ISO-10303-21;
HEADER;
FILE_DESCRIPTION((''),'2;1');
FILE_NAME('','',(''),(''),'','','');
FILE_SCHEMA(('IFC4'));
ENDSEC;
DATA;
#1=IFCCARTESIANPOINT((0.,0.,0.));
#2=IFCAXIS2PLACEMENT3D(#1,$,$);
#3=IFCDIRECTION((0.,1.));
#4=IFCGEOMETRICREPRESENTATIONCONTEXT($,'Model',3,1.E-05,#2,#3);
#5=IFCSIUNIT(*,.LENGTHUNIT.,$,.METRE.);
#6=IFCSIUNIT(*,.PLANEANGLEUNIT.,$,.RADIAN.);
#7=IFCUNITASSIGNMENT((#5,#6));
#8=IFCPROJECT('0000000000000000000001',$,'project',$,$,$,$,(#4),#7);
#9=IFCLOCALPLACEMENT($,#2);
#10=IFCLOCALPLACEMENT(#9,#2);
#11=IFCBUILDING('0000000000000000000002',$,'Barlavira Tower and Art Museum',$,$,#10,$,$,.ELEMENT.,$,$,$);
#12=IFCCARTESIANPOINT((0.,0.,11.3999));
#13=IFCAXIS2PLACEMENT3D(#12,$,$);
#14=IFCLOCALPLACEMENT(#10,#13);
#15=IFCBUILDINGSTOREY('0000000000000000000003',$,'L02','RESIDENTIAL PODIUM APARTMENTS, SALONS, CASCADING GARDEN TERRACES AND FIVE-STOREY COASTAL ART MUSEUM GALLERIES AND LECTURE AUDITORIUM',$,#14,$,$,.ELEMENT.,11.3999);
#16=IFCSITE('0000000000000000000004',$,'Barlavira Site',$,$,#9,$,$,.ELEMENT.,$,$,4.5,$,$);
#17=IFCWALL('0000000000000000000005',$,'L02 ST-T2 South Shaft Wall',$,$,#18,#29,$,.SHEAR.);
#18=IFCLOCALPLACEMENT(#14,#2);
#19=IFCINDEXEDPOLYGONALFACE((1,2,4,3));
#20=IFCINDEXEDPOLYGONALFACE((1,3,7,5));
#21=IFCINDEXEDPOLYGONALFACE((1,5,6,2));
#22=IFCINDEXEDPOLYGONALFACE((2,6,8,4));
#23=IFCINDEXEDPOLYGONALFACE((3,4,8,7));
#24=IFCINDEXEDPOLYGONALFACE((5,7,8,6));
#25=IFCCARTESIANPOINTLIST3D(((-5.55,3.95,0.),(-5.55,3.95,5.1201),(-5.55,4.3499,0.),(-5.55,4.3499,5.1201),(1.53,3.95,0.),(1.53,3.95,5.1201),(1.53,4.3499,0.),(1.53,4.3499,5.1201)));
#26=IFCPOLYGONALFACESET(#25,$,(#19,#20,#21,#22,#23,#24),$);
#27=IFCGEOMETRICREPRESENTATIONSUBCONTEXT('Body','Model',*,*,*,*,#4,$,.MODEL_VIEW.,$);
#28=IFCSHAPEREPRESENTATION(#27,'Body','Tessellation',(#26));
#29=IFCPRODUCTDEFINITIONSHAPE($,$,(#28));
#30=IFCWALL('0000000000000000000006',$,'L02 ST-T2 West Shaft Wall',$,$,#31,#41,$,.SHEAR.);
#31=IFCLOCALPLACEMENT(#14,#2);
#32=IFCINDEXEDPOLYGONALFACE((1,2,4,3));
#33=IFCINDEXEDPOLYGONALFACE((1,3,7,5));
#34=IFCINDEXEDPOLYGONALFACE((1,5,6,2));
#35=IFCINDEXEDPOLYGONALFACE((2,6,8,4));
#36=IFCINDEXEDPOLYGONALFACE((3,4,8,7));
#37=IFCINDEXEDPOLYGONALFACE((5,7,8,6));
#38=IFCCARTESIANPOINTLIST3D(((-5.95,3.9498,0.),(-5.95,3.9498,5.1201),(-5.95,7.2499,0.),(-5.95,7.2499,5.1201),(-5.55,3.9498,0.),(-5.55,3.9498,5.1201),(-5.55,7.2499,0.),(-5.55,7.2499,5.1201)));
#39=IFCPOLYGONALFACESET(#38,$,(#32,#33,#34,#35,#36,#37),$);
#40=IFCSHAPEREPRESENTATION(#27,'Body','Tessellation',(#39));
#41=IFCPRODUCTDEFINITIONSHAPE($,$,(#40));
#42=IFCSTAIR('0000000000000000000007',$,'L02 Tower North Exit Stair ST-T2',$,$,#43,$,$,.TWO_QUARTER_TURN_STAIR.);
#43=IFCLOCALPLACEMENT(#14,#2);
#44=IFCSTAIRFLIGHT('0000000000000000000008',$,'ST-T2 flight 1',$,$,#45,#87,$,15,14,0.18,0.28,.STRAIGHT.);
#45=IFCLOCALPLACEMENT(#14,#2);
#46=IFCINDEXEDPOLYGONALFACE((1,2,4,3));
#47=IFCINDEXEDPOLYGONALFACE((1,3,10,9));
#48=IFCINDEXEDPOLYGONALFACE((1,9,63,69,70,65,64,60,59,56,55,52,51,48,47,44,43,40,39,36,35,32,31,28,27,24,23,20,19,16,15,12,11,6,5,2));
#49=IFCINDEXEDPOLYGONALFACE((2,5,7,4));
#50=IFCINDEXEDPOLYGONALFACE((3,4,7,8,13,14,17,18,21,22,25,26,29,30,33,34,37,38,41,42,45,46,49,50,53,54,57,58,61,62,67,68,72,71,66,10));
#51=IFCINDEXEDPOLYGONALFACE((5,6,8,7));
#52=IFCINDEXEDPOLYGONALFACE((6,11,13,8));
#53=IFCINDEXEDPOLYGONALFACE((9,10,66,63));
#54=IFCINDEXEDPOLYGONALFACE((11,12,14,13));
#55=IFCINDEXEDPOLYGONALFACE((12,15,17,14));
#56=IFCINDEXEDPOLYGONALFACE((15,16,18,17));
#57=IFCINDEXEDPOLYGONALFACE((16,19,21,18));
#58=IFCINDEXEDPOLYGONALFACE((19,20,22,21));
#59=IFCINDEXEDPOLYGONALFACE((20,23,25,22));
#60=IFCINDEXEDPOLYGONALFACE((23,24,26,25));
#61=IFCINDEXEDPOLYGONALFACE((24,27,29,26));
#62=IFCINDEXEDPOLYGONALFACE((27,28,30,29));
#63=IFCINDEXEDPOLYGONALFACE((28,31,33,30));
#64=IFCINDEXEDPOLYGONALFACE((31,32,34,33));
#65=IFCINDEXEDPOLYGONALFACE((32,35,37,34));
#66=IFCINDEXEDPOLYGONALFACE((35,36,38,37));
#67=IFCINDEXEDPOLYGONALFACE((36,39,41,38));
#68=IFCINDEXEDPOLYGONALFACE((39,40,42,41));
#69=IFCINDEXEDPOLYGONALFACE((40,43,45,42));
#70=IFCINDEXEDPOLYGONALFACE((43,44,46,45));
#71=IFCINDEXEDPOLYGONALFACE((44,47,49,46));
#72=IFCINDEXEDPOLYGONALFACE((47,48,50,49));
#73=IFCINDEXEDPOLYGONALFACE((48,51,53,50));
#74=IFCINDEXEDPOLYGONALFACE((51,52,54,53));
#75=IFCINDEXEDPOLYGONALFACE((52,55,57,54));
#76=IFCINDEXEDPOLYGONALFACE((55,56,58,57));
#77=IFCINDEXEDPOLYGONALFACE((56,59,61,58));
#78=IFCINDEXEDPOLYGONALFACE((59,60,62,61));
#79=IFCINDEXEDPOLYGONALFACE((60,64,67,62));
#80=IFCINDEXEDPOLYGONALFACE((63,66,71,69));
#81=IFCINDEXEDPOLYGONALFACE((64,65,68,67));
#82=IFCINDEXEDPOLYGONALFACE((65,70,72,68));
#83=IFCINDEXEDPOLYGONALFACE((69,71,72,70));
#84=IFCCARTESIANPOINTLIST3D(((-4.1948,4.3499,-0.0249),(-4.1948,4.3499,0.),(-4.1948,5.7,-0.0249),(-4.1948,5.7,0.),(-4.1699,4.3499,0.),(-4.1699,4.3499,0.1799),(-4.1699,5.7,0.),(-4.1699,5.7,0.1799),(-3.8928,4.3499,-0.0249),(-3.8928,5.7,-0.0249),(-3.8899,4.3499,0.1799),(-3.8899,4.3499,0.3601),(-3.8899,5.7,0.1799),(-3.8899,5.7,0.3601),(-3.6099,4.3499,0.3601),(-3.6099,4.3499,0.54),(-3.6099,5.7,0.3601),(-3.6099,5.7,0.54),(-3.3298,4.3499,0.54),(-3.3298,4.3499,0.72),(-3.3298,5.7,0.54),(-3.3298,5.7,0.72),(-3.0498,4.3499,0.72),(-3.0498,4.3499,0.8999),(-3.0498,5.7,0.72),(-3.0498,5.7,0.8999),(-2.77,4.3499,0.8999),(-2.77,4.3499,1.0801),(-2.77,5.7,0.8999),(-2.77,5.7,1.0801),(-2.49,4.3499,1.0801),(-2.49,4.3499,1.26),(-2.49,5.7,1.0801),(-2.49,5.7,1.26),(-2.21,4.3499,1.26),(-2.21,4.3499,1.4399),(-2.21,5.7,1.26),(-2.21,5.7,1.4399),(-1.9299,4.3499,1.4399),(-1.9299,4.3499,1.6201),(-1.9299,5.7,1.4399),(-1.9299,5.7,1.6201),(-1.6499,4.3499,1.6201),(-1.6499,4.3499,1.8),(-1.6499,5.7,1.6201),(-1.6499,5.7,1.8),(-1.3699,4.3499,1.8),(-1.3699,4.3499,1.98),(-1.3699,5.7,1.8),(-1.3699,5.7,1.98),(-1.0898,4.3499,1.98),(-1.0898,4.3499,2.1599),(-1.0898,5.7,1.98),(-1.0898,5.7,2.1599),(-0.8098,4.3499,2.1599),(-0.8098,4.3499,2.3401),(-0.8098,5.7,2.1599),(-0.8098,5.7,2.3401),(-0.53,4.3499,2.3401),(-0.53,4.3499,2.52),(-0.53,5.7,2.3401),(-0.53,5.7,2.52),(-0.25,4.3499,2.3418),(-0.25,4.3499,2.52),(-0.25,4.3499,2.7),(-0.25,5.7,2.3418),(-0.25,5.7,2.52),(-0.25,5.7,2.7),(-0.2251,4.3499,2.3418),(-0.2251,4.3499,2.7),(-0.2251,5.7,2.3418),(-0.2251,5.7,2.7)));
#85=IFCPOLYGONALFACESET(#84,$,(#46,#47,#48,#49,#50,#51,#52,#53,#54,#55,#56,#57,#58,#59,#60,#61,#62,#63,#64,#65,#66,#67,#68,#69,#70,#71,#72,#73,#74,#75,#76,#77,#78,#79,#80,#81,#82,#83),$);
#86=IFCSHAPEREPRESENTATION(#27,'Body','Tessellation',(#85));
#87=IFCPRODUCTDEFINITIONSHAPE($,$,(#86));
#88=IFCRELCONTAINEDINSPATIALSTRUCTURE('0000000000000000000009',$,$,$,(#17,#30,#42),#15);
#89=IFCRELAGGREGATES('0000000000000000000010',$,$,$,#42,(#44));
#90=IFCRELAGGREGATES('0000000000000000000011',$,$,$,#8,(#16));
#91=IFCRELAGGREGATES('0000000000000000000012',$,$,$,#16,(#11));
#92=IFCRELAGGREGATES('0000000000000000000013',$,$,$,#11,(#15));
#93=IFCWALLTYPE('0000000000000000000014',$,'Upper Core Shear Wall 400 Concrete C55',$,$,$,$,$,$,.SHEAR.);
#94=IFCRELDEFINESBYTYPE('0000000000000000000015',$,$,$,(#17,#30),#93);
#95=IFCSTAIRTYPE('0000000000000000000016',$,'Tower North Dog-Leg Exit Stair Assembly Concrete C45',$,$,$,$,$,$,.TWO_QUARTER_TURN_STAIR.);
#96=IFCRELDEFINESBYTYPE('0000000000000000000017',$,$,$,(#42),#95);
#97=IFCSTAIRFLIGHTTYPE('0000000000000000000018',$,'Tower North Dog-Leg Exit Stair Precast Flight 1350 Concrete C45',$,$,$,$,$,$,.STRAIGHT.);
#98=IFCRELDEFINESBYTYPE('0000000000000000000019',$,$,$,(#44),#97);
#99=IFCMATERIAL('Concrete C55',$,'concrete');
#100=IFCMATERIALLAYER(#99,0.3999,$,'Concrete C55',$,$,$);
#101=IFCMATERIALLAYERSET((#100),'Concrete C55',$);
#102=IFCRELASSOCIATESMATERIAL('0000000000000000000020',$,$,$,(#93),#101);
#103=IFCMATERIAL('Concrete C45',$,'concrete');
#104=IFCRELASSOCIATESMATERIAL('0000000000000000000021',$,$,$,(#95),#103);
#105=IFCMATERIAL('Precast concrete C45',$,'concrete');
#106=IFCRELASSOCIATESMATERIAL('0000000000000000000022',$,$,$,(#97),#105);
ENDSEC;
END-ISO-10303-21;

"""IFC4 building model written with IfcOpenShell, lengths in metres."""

from ifc_helpers import new_model, si_unit, direction, frame, frame_2d, origin, place, context, subcontext, project, spatial, polyline, rectangle, outline, extrude, material, layer, layer_set, type_object, element, aggregate, save


model = new_model("IFC4")

# Units and contexts
model_context = context("Model", 3, precision=1e-05, world=origin(), true_north=direction((0.0, 1.0)))
body_context = subcontext(model_context, "Body", "Model", "MODEL_VIEW")
ifc_project = project(units=[si_unit("LENGTHUNIT", "METRE"), si_unit("PLANEANGLEUNIT", "RADIAN")], contexts=[model_context])

# Site, building, storey
site_placement = place(None, origin())
site = spatial("IfcSite", under=ifc_project, at=site_placement, Name="Barlavira Site", CompositionType="ELEMENT", RefElevation=4.5)
building_placement = place(site_placement, origin())
building = spatial("IfcBuilding", under=site, at=building_placement, Name="Barlavira Tower and Art Museum", CompositionType="ELEMENT")
storey_placement = place(building_placement, frame((0.0, 0.0, 11.3999)))
storey = spatial("IfcBuildingStorey", under=building, at=storey_placement, Name="L02", Description="RESIDENTIAL PODIUM APARTMENTS, SALONS, CASCADING GARDEN TERRACES AND FIVE-STOREY COASTAL ART MUSEUM GALLERIES AND LECTURE AUDITORIUM", CompositionType="ELEMENT", Elevation=11.3999)

# Walls
ifc_material_1 = material(Name="Concrete C55", Category="concrete")
ifc_layer_1 = layer(ifc_material_1, 0.3999, Name="Concrete C55")
ifc_layer_set_1 = layer_set([ifc_layer_1], Name="Concrete C55")
wall_type_1 = type_object("IfcWallType", Name="Upper Core Shear Wall 400 Concrete C55", PredefinedType="SHEAR", material=ifc_layer_set_1)
wall_1_placement = place(storey_placement, frame((-5.55, 4.1499, 0.0), z_axis=(0.0, 0.0, 1.0), x_axis=(1.0, 0.0, 0.0)))
element("IfcWall", 1, at=wall_1_placement, inside=storey, type_object=wall_type_1, Name="L02 ST-T2 South Shaft Wall", PredefinedType="SHEAR", context=body_context, shape_type="SweptSolid", body=[
    extrude(rectangle(XDim=7.0801, YDim=0.3999, at=frame_2d((3.54, 0.0))), origin(), (0.0, 0.0, 1.0), 5.1201),
])
wall_2_placement = place(storey_placement, frame((-5.75, 3.95, 0.0), z_axis=(0.0, 0.0, 1.0), x_axis=(0.0, 1.0, 0.0)))
element("IfcWall", 2, at=wall_2_placement, inside=storey, type_object=wall_type_1, Name="L02 ST-T2 West Shaft Wall", PredefinedType="SHEAR", context=body_context, shape_type="SweptSolid", body=[
    extrude(rectangle(XDim=3.3, YDim=0.3999, at=frame_2d((1.6499, 0.0))), origin(), (0.0, 0.0, 1.0), 5.1201),
])

# Stair, stair flight
ifc_material_2 = material(Name="Concrete C45", Category="concrete")
stair_type = type_object("IfcStairType", Name="Tower North Dog-Leg Exit Stair Assembly Concrete C45", PredefinedType="TWO_QUARTER_TURN_STAIR", material=ifc_material_2)
stair_placement = place(storey_placement, origin())
stair = element("IfcStair", 3, at=stair_placement, inside=storey, type_object=stair_type, Name="L02 Tower North Exit Stair ST-T2", PredefinedType="TWO_QUARTER_TURN_STAIR")
ifc_material_3 = material(Name="Precast concrete C45", Category="concrete")
stair_flight_type = type_object("IfcStairFlightType", Name="Tower North Dog-Leg Exit Stair Precast Flight 1350 Concrete C45", PredefinedType="STRAIGHT", material=ifc_material_3)
stair_flight_placement = place(storey_placement, frame((-4.1699, 5.0249, 0.0), z_axis=(0.0, 0.0, 1.0), x_axis=(1.0, 0.0, 0.0)))
stair_flight = element("IfcStairFlight", 4, at=stair_flight_placement, type_object=stair_flight_type, Name="ST-T2 flight 1", NumberOfRisers=15, NumberOfTreads=14, PredefinedType="STRAIGHT", RiserHeight=0.18, TreadLength=0.28, context=body_context, shape_type="SweptSolid", body=[
    extrude(outline(polyline([(-0.0249, 0.0), (0.0, 0.0), (0.0, 0.1799), (0.28, 0.1799), (0.28, 0.3601), (0.5601, 0.3601), (0.5601, 0.54), (0.8401, 0.54), (0.8401, 0.72), (1.1201, 0.72), (1.1201, 0.8999), (1.3999, 0.8999), (1.3999, 1.0801), (1.6799, 1.0801), (1.6799, 1.26), (1.96, 1.26), (1.96, 1.4399), (2.24, 1.4399), (2.24, 1.6201), (2.52, 1.6201), (2.52, 1.8), (2.8, 1.8), (2.8, 1.98), (3.0801, 1.98), (3.0801, 2.1599), (3.3601, 2.1599), (3.3601, 2.3401), (3.6399, 2.3401), (3.6399, 2.52), (3.9199, 2.52), (3.9199, 2.7), (3.9448, 2.7), (3.9448, 2.3418), (3.9199, 2.3418), (0.2771, -0.0249), (-0.0249, -0.0249), (-0.0249, 0.0)])), frame((0.0, 0.675, 0.0), z_axis=(0.0, -1.0, 0.0), x_axis=(1.0, 0.0, 0.0)), (0.0, 0.0, 1.0), 1.3501),
])
aggregate(stair, [stair_flight])

save(model, "model.ifc")
